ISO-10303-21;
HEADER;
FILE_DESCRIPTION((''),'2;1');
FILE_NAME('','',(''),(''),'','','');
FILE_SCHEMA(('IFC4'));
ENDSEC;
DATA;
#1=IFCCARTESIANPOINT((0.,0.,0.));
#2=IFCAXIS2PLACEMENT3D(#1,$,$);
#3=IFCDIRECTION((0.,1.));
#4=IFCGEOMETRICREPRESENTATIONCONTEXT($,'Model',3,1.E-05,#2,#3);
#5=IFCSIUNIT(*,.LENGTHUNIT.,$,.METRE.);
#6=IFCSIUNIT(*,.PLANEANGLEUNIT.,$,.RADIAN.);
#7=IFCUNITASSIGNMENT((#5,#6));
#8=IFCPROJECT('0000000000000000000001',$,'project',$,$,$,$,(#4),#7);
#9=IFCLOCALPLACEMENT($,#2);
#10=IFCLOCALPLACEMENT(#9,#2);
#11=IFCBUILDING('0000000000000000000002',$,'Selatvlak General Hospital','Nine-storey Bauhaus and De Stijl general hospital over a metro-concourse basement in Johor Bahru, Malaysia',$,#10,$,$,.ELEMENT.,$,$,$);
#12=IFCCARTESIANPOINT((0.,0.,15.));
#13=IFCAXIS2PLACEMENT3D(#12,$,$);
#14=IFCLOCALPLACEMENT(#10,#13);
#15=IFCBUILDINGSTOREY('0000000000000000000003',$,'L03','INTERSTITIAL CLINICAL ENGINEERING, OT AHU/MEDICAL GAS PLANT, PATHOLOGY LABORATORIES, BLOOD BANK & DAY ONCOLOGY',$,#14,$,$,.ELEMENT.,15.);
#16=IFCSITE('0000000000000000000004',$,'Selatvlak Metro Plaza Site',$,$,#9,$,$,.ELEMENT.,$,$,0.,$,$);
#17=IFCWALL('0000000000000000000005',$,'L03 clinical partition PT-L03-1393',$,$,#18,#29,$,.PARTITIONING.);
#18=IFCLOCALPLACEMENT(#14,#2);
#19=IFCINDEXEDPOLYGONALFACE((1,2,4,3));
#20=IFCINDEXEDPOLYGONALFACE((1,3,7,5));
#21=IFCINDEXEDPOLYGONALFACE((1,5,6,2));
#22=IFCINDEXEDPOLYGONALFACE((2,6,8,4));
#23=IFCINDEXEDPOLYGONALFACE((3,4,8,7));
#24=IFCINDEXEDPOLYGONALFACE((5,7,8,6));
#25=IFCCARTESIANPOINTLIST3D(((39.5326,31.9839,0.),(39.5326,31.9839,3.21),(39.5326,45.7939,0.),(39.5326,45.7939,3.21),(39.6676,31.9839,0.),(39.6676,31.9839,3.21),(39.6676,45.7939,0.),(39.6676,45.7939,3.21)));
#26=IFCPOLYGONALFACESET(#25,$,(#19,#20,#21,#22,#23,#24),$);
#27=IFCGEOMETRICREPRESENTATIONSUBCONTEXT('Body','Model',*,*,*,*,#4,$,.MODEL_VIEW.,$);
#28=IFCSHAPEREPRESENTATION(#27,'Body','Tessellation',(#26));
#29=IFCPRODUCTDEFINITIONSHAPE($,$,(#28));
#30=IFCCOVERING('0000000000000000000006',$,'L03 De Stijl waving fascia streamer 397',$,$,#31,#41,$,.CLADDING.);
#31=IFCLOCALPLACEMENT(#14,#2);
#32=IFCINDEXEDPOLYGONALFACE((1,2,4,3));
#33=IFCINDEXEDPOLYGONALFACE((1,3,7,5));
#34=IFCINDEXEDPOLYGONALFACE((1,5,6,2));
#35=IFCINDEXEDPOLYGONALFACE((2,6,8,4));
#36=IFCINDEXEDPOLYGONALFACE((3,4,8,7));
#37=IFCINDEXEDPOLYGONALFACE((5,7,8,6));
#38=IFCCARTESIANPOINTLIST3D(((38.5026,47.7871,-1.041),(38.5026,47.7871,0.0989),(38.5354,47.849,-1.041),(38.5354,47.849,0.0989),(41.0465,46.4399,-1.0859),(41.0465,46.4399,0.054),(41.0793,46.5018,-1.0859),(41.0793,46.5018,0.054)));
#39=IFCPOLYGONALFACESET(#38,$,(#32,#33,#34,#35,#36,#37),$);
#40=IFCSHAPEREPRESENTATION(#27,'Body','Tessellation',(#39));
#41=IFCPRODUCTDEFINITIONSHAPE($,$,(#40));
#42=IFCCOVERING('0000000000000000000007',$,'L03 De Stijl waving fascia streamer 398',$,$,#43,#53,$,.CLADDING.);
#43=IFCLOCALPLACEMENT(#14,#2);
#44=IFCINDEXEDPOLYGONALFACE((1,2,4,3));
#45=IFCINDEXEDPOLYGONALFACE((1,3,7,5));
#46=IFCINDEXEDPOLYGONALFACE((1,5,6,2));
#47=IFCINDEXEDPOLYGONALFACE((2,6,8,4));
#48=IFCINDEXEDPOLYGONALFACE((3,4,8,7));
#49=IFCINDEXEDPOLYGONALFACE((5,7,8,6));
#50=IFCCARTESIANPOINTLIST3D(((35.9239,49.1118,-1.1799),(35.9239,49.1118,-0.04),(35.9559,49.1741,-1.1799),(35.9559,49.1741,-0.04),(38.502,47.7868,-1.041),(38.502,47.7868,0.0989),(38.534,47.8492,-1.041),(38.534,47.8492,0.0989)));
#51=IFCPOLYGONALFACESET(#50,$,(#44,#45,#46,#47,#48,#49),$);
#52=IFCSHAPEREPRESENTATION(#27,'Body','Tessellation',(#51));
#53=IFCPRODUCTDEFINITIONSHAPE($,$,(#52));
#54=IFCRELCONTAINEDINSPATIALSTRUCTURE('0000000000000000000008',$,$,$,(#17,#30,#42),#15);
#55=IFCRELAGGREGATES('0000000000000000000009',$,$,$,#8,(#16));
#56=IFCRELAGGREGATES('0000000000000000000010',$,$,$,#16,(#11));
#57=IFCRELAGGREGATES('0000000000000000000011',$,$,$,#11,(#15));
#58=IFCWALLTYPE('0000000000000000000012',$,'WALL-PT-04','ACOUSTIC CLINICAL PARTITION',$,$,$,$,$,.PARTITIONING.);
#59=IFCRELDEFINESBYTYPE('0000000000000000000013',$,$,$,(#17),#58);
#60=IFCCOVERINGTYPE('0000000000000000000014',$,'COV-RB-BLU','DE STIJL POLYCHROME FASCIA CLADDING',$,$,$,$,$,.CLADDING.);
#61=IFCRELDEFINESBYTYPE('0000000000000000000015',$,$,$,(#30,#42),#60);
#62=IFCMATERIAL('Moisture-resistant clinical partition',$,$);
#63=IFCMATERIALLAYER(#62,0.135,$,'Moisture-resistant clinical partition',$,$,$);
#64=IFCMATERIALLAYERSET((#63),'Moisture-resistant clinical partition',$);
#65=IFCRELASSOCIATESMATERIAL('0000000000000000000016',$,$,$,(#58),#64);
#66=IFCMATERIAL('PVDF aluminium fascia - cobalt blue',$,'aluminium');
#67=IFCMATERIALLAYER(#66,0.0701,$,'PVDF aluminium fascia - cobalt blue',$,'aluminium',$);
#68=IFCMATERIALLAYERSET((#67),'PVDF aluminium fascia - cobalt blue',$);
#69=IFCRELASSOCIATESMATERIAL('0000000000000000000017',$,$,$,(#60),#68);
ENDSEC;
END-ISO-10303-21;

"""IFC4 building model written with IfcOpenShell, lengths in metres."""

from ifc_helpers import new_model, si_unit, direction, frame, frame_2d, origin, place, context, subcontext, project, spatial, polyline, rectangle, outline, extrude, material, layer, layer_set, type_object, element, save


model = new_model("IFC4")

# Units and contexts
model_context = context("Model", 3, precision=1e-05, world=origin(), true_north=direction((0.0, 1.0)))
body_context = subcontext(model_context, "Body", "Model", "MODEL_VIEW")
ifc_project = project(units=[si_unit("LENGTHUNIT", "METRE"), si_unit("PLANEANGLEUNIT", "RADIAN")], contexts=[model_context])

# Site, building, storey
site_placement = place(None, origin())
site = spatial("IfcSite", under=ifc_project, at=site_placement, Name="Selatvlak Metro Plaza Site", CompositionType="ELEMENT", RefElevation=0.0)
building_placement = place(site_placement, origin())
building = spatial("IfcBuilding", under=site, at=building_placement, Name="Selatvlak General Hospital", Description="Nine-storey Bauhaus and De Stijl general hospital over a metro-concourse basement in Johor Bahru, Malaysia", CompositionType="ELEMENT")
storey_placement = place(building_placement, frame((0.0, 0.0, 15.0)))
storey = spatial("IfcBuildingStorey", under=building, at=storey_placement, Name="L03", Description="INTERSTITIAL CLINICAL ENGINEERING, OT AHU/MEDICAL GAS PLANT, PATHOLOGY LABORATORIES, BLOOD BANK & DAY ONCOLOGY", CompositionType="ELEMENT", Elevation=15.0)

# Wall
ifc_material_1 = material(Name="Moisture-resistant clinical partition")
ifc_layer_1 = layer(ifc_material_1, 0.135, Name="Moisture-resistant clinical partition")
ifc_layer_set_1 = layer_set([ifc_layer_1], Name="Moisture-resistant clinical partition")
wall_type = type_object("IfcWallType", Name="WALL-PT-04", Description="ACOUSTIC CLINICAL PARTITION", PredefinedType="PARTITIONING", material=ifc_layer_set_1)
wall_placement = place(storey_placement, frame((39.6001, 45.7939, 0.0), z_axis=(0.0, 0.0, 1.0), x_axis=(0.0, -1.0, 0.0)))
element("IfcWall", 1, at=wall_placement, inside=storey, type_object=wall_type, Name="L03 clinical partition PT-L03-1393", PredefinedType="PARTITIONING", context=body_context, shape_type="SweptSolid", body=[
    extrude(rectangle(XDim=13.8101, YDim=0.135, at=frame_2d((6.905, 0.0))), origin(), (0.0, 0.0, 1.0), 3.21),
])

# Coverings
ifc_material_2 = material(Name="PVDF aluminium fascia - cobalt blue", Category="aluminium")
ifc_layer_2 = layer(ifc_material_2, 0.0701, Name="PVDF aluminium fascia - cobalt blue", Category="aluminium")
ifc_layer_set_2 = layer_set([ifc_layer_2], Name="PVDF aluminium fascia - cobalt blue")
covering_type = type_object("IfcCoveringType", Name="COV-RB-BLU", Description="DE STIJL POLYCHROME FASCIA CLADDING", PredefinedType="CLADDING", material=ifc_layer_set_2)
covering_1_placement = place(storey_placement, frame((41.063, 46.4709, -1.0859), z_axis=(0.0, 0.0, 1.0), x_axis=(-0.883734, 0.467989, 0.0)))
element("IfcCovering", 2, at=covering_1_placement, inside=storey, type_object=covering_type, Name="L03 De Stijl waving fascia streamer 397", PredefinedType="CLADDING", context=body_context, shape_type="SweptSolid", body=[
    extrude(outline(polyline([(0.0, 0.0), (2.8787, 0.0449), (2.8787, 1.1848), (0.0, 1.1399), (0.0, 0.0)])), frame((0.0, 0.0352, 0.0), z_axis=(0.0, -1.0, 0.0), x_axis=(1.0, 0.0, 0.0)), (0.0, 0.0, 1.0), 0.0701),
])
covering_2_placement = place(storey_placement, frame((38.5181, 47.8181, -1.041), z_axis=(0.0, 0.0, 1.0), x_axis=(-0.88942, 0.457091, 0.0)))
element("IfcCovering", 3, at=covering_2_placement, inside=storey, type_object=covering_type, Name="L03 De Stijl waving fascia streamer 398", PredefinedType="CLADDING", context=body_context, shape_type="SweptSolid", body=[
    extrude(outline(polyline([(0.0, 0.0), (2.8987, -0.1389), (2.8987, 1.001), (0.0, 1.1399), (0.0, 0.0)])), frame((0.0, 0.0352, 0.0), z_axis=(0.0, -1.0, 0.0), x_axis=(1.0, 0.0, 0.0)), (0.0, 0.0, 1.0), 0.0701),
])

save(model, "model.ifc")
